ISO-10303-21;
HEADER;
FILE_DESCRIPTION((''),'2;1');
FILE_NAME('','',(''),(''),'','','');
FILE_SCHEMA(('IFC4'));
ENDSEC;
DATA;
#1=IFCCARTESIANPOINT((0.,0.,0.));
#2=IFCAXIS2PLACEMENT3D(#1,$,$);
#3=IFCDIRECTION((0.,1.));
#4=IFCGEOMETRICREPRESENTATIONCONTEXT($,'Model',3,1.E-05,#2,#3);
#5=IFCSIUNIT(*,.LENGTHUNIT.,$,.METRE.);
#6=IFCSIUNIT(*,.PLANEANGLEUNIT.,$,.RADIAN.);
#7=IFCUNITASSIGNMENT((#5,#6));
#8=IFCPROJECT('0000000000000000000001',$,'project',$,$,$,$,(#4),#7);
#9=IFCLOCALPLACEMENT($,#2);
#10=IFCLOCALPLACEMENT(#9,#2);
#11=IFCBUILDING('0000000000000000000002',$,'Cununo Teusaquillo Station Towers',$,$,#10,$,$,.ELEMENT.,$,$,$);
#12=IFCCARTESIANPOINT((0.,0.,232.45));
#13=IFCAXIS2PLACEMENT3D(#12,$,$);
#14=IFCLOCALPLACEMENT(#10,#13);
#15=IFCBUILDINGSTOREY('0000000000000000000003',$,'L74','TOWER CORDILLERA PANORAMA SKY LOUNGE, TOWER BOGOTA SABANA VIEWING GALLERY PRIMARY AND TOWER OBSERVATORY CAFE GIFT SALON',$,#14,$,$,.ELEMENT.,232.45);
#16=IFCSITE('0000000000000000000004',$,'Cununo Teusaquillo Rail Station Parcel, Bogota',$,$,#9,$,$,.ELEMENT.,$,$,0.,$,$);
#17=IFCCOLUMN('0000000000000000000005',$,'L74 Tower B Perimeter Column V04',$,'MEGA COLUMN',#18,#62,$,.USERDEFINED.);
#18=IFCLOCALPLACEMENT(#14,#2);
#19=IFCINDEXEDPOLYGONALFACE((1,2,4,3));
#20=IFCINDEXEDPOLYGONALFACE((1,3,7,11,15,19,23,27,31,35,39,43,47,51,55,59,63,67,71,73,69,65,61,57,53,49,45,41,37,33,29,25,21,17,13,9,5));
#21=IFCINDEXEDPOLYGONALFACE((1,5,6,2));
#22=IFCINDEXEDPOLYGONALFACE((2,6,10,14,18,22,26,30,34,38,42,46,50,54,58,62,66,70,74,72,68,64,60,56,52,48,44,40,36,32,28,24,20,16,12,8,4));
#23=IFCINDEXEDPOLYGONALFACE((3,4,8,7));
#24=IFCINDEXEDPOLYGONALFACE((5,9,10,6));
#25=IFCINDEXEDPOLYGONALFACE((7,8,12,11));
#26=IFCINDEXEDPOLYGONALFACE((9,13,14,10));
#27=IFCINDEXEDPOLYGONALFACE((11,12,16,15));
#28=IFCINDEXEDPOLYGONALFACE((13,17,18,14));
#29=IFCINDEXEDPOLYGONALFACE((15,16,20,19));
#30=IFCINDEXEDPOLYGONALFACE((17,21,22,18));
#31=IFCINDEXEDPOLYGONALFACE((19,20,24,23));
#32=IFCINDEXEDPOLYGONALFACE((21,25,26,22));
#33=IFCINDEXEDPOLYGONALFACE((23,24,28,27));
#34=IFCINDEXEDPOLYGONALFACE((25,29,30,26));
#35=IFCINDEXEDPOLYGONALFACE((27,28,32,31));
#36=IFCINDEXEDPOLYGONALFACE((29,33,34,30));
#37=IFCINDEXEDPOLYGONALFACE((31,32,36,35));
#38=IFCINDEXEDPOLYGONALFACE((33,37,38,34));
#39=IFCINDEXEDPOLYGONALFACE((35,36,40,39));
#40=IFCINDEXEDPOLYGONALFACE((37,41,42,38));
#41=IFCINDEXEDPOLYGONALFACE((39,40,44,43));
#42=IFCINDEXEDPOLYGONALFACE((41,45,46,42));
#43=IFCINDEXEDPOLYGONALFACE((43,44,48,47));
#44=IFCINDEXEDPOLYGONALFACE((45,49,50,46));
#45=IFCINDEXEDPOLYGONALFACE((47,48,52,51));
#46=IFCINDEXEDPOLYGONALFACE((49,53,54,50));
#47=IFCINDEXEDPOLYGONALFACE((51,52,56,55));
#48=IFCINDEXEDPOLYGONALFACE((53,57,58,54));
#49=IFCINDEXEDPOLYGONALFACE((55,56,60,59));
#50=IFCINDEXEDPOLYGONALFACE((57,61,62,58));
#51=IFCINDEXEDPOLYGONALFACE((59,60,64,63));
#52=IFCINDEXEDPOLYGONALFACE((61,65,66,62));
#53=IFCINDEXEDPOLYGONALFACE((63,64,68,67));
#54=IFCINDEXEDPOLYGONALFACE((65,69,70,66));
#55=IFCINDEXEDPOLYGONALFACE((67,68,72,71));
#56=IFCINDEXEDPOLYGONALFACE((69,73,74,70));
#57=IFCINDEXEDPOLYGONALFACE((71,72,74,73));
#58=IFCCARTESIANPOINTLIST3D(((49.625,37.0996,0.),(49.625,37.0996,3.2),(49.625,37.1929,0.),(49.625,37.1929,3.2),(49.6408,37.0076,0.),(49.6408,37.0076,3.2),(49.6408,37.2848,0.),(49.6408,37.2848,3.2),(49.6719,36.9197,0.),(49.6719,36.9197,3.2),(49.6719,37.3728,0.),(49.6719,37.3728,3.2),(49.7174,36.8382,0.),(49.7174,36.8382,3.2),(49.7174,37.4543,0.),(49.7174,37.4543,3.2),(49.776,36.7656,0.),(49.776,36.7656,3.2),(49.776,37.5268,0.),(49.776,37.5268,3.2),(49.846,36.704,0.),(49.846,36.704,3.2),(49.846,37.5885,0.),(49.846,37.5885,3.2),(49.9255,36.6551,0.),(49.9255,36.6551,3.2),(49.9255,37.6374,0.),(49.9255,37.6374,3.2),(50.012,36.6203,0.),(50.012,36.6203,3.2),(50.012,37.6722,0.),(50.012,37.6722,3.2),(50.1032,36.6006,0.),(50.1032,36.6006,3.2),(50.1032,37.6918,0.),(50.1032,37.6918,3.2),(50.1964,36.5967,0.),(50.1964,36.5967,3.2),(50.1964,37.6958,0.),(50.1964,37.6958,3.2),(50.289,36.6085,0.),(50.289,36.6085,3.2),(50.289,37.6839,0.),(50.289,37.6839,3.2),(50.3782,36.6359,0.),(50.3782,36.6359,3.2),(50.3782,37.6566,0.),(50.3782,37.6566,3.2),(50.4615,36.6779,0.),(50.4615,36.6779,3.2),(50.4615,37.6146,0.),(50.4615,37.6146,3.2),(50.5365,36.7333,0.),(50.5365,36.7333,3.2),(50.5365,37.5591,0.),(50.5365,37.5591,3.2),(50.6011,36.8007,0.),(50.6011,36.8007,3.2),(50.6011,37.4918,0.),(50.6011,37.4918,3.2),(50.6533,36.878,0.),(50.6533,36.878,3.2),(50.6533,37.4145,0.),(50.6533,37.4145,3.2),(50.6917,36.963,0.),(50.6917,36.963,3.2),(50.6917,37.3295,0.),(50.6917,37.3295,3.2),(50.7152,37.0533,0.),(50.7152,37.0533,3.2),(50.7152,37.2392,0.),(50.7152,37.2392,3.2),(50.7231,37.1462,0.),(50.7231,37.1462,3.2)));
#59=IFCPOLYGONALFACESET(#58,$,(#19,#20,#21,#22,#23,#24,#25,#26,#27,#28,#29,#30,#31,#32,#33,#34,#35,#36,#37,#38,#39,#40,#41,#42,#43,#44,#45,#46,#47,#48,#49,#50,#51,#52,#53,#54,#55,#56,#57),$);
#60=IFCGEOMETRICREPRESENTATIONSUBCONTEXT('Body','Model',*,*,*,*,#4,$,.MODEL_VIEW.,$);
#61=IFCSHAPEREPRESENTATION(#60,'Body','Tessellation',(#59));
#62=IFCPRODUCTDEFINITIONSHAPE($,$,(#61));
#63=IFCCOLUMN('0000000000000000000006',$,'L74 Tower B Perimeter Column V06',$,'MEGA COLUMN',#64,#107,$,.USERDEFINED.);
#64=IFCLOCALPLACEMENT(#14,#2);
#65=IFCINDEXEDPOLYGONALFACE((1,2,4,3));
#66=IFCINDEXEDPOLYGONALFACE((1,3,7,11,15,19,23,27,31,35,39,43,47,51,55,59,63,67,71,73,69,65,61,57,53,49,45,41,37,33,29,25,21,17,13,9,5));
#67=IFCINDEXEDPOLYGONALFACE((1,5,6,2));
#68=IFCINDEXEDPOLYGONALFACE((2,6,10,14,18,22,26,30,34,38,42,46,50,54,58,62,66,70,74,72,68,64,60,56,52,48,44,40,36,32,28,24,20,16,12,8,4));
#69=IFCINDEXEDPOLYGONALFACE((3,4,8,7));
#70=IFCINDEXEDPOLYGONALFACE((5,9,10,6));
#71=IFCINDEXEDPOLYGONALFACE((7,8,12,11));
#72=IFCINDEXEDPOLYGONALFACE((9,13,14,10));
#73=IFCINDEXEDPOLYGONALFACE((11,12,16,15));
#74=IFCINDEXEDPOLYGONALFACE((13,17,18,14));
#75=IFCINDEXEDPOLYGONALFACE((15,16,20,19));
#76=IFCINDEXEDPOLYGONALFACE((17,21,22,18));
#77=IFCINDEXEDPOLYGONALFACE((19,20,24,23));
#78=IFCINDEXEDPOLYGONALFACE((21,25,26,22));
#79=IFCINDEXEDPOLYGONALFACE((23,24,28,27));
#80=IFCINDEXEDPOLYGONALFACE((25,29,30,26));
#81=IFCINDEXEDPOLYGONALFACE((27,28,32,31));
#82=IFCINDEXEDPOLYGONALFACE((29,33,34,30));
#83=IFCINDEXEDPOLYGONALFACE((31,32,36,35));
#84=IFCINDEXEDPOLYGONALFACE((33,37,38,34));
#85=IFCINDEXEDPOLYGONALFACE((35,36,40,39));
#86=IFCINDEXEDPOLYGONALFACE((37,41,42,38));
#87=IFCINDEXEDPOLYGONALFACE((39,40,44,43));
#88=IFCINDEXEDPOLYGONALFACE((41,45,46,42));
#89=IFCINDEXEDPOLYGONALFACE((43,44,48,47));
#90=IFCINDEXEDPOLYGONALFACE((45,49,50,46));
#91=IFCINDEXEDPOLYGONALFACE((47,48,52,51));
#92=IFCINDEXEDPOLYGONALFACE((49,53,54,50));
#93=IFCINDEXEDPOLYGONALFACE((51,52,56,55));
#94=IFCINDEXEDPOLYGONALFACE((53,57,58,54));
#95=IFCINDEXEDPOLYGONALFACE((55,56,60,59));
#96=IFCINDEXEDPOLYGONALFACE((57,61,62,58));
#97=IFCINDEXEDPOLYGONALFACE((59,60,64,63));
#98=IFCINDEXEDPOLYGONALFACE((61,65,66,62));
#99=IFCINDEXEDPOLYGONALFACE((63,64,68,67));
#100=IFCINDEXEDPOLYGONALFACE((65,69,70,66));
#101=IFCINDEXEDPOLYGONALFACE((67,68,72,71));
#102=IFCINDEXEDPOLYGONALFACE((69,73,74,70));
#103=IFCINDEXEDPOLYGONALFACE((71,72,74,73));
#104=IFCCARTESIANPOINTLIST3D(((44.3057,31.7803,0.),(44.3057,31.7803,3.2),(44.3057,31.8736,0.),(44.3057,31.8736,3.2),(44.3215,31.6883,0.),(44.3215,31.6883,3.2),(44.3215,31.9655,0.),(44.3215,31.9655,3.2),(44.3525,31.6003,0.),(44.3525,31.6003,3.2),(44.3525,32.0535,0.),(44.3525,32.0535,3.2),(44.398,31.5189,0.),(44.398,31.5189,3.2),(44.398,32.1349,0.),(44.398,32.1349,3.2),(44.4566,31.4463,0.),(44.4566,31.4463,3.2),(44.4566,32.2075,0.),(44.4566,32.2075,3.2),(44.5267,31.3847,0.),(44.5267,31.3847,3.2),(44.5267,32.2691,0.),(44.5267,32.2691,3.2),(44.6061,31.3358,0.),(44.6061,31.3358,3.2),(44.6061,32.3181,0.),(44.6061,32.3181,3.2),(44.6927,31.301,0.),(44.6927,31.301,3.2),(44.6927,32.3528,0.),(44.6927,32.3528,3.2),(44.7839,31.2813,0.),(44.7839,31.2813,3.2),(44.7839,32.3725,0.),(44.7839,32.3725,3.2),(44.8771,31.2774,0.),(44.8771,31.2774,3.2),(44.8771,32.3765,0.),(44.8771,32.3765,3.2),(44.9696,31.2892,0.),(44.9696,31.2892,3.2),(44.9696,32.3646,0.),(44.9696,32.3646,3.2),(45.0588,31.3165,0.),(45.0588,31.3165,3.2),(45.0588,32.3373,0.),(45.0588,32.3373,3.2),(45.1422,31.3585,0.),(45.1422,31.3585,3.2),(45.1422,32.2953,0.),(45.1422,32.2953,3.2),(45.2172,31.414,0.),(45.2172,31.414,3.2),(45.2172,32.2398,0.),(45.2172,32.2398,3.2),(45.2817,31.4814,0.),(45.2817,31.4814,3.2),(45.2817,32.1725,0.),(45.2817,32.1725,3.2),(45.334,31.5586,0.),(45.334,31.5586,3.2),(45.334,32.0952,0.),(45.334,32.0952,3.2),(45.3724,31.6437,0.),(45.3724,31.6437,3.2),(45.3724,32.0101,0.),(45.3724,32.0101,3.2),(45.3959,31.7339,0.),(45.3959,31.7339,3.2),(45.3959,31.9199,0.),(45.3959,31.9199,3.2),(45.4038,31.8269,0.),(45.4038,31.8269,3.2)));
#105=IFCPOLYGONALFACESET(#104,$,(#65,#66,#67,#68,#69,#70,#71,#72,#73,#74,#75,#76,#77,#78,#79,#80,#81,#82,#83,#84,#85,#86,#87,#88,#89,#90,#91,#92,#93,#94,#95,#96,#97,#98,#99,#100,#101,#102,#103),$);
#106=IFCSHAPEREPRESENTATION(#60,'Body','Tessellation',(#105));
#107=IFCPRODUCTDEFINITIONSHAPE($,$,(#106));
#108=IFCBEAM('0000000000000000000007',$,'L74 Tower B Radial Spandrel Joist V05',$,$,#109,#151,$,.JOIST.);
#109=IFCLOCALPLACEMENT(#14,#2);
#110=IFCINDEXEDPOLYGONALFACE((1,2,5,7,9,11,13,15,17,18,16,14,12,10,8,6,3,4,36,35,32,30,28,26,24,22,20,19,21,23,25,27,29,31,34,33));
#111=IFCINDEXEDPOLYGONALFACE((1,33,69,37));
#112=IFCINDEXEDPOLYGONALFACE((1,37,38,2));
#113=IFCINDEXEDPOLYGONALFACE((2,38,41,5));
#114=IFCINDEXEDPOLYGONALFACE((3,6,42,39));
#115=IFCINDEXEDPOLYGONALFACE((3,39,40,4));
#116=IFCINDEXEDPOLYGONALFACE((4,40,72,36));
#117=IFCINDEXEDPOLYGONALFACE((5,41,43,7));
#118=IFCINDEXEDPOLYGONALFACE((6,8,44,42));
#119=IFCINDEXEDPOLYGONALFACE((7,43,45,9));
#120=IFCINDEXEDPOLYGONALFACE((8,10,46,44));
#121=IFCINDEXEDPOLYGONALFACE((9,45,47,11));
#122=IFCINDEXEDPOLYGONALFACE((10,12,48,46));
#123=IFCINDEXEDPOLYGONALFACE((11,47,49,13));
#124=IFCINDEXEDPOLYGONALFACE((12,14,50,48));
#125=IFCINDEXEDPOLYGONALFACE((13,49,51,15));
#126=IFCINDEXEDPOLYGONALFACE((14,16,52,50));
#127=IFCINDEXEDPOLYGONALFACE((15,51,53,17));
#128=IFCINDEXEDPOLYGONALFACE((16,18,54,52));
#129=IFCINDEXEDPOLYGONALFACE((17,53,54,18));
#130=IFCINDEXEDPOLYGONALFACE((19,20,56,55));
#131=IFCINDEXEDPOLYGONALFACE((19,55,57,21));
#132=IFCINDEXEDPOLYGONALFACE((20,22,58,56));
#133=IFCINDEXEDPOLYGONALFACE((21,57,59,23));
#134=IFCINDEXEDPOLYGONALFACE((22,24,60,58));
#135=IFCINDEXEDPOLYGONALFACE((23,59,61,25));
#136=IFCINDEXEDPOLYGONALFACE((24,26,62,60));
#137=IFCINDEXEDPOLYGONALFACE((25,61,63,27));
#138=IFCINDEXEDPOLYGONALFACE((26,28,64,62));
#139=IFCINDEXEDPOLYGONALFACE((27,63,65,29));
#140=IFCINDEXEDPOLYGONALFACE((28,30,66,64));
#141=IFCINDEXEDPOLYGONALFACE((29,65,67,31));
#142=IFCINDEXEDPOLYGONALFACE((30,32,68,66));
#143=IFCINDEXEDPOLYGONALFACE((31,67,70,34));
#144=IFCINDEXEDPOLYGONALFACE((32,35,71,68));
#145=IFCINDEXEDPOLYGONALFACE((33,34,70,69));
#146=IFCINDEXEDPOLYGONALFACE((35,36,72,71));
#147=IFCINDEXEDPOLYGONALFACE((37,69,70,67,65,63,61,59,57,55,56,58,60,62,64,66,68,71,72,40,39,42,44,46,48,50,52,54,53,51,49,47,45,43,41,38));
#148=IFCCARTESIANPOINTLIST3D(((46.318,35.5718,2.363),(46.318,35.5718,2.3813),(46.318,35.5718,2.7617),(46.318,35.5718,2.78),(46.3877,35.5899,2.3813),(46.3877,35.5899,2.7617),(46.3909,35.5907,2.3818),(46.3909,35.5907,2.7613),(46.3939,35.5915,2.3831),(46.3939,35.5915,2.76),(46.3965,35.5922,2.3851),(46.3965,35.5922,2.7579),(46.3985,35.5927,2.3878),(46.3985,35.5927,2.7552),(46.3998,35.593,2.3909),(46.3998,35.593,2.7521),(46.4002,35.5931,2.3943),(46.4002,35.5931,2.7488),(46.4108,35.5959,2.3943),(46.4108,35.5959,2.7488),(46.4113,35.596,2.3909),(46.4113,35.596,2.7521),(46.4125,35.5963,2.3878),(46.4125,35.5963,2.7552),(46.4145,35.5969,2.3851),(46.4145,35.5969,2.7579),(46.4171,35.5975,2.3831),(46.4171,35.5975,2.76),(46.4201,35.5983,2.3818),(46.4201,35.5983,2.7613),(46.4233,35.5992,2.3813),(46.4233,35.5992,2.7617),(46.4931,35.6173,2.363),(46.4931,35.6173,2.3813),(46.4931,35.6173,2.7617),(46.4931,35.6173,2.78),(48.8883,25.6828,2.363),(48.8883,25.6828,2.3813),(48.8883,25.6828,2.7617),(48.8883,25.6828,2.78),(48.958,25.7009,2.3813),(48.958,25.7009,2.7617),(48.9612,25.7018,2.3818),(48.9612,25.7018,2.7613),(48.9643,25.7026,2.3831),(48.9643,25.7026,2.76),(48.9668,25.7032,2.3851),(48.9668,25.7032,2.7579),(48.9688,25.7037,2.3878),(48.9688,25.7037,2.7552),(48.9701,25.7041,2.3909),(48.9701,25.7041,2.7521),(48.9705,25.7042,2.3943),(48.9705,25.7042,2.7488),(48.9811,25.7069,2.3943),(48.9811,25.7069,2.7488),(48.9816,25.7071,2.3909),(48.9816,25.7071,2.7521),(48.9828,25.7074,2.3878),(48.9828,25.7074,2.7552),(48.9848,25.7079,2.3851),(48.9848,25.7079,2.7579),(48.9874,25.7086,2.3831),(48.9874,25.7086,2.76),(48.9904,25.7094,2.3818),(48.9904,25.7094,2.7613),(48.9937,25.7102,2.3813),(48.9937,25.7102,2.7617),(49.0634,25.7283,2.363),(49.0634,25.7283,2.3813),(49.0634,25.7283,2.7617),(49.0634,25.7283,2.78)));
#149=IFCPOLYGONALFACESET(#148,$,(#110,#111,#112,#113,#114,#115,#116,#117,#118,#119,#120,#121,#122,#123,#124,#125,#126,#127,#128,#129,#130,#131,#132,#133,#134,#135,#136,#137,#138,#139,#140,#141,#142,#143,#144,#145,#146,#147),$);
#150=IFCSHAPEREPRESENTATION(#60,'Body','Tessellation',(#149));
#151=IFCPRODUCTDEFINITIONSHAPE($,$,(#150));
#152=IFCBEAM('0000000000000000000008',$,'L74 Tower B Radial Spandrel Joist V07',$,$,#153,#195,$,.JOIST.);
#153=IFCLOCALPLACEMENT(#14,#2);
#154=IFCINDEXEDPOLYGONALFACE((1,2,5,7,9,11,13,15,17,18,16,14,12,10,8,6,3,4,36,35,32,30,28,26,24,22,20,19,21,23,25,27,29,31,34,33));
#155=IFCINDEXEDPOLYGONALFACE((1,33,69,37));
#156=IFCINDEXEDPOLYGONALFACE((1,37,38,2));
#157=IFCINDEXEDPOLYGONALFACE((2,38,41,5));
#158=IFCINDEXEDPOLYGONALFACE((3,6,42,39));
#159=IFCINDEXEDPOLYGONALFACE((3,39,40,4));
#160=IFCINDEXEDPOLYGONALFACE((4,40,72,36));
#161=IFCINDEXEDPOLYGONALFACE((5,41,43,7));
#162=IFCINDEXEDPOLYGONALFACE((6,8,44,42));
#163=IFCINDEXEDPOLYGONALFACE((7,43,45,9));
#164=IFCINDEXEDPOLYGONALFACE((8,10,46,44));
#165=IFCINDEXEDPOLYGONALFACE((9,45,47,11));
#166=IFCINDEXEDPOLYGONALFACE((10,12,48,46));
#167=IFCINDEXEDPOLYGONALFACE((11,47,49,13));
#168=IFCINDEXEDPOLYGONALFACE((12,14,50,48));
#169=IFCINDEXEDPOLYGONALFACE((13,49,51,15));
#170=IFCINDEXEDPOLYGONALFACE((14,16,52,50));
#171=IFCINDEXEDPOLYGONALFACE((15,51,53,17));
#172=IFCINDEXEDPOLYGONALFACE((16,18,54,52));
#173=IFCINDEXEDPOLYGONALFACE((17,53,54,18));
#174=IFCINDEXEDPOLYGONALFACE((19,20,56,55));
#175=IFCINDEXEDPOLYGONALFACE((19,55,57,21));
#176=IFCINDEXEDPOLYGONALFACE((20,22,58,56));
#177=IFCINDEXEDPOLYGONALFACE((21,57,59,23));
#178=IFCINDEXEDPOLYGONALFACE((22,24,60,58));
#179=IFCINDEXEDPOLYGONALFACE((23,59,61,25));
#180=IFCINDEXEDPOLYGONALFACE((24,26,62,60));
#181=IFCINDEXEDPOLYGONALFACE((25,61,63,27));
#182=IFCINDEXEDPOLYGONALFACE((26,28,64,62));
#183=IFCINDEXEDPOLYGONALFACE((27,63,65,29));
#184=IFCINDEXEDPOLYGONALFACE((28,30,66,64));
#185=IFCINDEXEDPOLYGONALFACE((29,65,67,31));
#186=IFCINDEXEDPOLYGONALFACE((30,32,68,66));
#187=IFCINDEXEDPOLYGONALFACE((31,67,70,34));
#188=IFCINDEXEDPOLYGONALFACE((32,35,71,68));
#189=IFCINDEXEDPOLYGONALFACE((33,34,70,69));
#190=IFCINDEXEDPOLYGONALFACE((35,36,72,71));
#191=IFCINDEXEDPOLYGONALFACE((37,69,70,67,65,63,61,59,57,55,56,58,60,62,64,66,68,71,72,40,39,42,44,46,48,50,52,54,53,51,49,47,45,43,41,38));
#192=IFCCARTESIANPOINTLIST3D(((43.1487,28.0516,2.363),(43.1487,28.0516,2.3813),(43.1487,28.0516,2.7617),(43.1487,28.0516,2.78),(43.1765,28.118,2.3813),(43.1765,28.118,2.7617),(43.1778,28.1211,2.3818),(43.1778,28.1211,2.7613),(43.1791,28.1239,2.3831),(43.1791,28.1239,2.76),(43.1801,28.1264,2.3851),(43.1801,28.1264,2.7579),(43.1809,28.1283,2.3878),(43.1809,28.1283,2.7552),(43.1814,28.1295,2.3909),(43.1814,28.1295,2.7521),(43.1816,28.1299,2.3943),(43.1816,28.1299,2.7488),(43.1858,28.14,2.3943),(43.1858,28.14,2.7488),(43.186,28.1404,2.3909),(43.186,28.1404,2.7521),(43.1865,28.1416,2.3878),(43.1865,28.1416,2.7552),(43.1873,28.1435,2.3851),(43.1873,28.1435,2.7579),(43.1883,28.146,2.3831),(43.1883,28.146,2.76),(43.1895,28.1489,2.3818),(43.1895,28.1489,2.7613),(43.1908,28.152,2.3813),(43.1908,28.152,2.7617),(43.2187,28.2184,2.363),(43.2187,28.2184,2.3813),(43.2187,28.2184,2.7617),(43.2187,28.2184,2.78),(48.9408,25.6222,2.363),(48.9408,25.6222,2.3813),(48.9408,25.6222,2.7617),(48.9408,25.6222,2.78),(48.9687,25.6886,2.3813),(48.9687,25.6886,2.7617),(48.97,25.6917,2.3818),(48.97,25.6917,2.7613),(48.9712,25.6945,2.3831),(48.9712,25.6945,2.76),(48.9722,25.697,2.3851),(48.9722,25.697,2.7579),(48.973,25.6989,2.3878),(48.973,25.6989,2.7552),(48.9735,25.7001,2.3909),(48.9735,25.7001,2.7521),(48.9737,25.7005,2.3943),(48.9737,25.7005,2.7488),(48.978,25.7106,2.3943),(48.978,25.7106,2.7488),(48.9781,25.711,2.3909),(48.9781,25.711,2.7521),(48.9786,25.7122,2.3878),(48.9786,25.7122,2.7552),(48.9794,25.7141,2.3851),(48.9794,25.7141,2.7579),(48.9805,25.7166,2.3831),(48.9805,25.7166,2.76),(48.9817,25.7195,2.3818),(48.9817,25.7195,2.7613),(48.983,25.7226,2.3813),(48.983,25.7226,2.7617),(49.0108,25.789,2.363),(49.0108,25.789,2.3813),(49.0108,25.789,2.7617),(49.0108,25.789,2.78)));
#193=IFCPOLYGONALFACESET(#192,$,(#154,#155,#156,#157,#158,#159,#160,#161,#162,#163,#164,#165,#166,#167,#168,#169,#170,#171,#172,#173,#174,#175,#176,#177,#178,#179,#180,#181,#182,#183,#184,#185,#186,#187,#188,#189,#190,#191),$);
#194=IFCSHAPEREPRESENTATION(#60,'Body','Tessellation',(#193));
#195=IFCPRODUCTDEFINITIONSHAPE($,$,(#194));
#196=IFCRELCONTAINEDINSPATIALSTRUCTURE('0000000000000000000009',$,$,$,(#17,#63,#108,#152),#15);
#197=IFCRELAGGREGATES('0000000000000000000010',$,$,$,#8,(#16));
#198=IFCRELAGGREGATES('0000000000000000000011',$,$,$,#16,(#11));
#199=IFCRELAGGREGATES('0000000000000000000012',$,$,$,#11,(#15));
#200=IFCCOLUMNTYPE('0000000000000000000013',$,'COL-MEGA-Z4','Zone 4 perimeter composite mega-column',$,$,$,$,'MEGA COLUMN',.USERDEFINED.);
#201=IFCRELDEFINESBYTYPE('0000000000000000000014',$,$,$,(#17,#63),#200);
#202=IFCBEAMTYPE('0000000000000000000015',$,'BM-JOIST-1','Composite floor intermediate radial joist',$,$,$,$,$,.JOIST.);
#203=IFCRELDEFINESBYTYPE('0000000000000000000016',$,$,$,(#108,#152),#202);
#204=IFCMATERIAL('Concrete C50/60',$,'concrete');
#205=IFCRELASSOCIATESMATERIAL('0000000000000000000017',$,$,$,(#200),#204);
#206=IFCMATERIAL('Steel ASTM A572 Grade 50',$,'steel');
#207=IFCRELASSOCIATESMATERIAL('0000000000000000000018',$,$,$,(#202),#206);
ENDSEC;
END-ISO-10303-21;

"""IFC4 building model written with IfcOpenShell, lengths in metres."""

from ifc_helpers import new_model, si_unit, direction, frame, origin, origin_2d, place, context, subcontext, project, spatial, circle, i_section, extrude, material, material_profile, profile_set, type_object, element, save


model = new_model("IFC4")

# Units and contexts
model_context = context("Model", 3, precision=1e-05, world=origin(), true_north=direction((0.0, 1.0)))
body_context = subcontext(model_context, "Body", "Model", "MODEL_VIEW")
ifc_project = project(units=[si_unit("LENGTHUNIT", "METRE"), si_unit("PLANEANGLEUNIT", "RADIAN")], contexts=[model_context])

# Site, building, storey
site_placement = place(None, origin())
site = spatial("IfcSite", under=ifc_project, at=site_placement, Name="Cununo Teusaquillo Rail Station Parcel, Bogota", CompositionType="ELEMENT", RefElevation=0.0)
building_placement = place(site_placement, origin())
building = spatial("IfcBuilding", under=site, at=building_placement, Name="Cununo Teusaquillo Station Towers", CompositionType="ELEMENT")
storey_placement = place(building_placement, frame((0.0, 0.0, 232.45)))
storey = spatial("IfcBuildingStorey", under=building, at=storey_placement, Name="L74", Description="TOWER CORDILLERA PANORAMA SKY LOUNGE, TOWER BOGOTA SABANA VIEWING GALLERY PRIMARY AND TOWER OBSERVATORY CAFE GIFT SALON", CompositionType="ELEMENT", Elevation=232.45)

# Columns
ifc_material_1 = material(Name="Concrete C50/60", Category="concrete")
ifc_material_profile_1 = material_profile(ifc_material_1, circle(Radius=0.55, at=origin_2d()), Name="RC-CIRC-1100")
ifc_profile_set_1 = profile_set([ifc_material_profile_1], Name="Concrete C50/60")
column_type = type_object("IfcColumnType", Name="COL-MEGA-Z4", Description="Zone 4 perimeter composite mega-column", ElementType="MEGA COLUMN", PredefinedType="USERDEFINED", material=ifc_profile_set_1)
for number, where, z_axis, x_axis, name in (
    (1, (50.1731, 37.1462, 0.0), (0.0, 0.0, 1.0), (1.0, 0.0, 0.0), "L74 Tower B Perimeter Column V04"),
    (2, (44.8538, 31.8269, 0.0), (0.0, 0.0, 1.0), (1.0, 0.0, 0.0), "L74 Tower B Perimeter Column V06"),
):
    element("IfcColumn", number, at=place(storey_placement, frame(where, z_axis=z_axis, x_axis=x_axis)), inside=storey, type_object=column_type, Name=name, ObjectType="MEGA COLUMN", PredefinedType="USERDEFINED", context=body_context, shape_type="SweptSolid", body=[
        extrude(circle(Radius=0.55, at=origin_2d()), origin(), (0.0, 0.0, 1.0), 3.2),
    ])

# Beams
ifc_material_2 = material(Name="Steel ASTM A572 Grade 50", Category="steel")
ifc_material_profile_2 = material_profile(ifc_material_2, i_section(OverallWidth=0.1809, OverallDepth=0.417, WebThickness=0.011, FlangeThickness=0.0183, FilletRadius=0.0129, at=origin_2d()), Name="W16X57")
ifc_profile_set_2 = profile_set([ifc_material_profile_2], Name="Steel ASTM A572 Grade 50")
beam_type_1 = type_object("IfcBeamType", Name="BM-JOIST-1", Description="Composite floor intermediate radial joist", PredefinedType="JOIST", material=ifc_profile_set_2)
beam_1_placement = place(storey_placement, frame((48.9758, 25.7056, 2.5715), z_axis=(-0.25156, 0.967842, 0.0), x_axis=(-0.967842, -0.25156, 0.0)))
element("IfcBeam", 3, at=beam_1_placement, inside=storey, type_object=beam_type_1, Name="L74 Tower B Radial Spandrel Joist V05", PredefinedType="JOIST", context=body_context, shape_type="SweptSolid", body=[
    extrude(i_section(OverallWidth=0.1809, OverallDepth=0.417, WebThickness=0.011, FlangeThickness=0.0183, FilletRadius=0.0129, at=origin_2d()), origin(), (0.0, 0.0, 1.0), 10.2175),
])
beam_2_placement = place(storey_placement, frame((48.9758, 25.7056, 2.5715), z_axis=(-0.922169, 0.386786, 0.0), x_axis=(-0.386786, -0.922169, 0.0)))
element("IfcBeam", 4, at=beam_2_placement, inside=storey, type_object=beam_type_1, Name="L74 Tower B Radial Spandrel Joist V07", PredefinedType="JOIST", context=body_context, shape_type="SweptSolid", body=[
    extrude(i_section(OverallWidth=0.1809, OverallDepth=0.417, WebThickness=0.011, FlangeThickness=0.0183, FilletRadius=0.0129, at=origin_2d()), origin(), (0.0, 0.0, 1.0), 6.281),
])

save(model, "model.ifc")
